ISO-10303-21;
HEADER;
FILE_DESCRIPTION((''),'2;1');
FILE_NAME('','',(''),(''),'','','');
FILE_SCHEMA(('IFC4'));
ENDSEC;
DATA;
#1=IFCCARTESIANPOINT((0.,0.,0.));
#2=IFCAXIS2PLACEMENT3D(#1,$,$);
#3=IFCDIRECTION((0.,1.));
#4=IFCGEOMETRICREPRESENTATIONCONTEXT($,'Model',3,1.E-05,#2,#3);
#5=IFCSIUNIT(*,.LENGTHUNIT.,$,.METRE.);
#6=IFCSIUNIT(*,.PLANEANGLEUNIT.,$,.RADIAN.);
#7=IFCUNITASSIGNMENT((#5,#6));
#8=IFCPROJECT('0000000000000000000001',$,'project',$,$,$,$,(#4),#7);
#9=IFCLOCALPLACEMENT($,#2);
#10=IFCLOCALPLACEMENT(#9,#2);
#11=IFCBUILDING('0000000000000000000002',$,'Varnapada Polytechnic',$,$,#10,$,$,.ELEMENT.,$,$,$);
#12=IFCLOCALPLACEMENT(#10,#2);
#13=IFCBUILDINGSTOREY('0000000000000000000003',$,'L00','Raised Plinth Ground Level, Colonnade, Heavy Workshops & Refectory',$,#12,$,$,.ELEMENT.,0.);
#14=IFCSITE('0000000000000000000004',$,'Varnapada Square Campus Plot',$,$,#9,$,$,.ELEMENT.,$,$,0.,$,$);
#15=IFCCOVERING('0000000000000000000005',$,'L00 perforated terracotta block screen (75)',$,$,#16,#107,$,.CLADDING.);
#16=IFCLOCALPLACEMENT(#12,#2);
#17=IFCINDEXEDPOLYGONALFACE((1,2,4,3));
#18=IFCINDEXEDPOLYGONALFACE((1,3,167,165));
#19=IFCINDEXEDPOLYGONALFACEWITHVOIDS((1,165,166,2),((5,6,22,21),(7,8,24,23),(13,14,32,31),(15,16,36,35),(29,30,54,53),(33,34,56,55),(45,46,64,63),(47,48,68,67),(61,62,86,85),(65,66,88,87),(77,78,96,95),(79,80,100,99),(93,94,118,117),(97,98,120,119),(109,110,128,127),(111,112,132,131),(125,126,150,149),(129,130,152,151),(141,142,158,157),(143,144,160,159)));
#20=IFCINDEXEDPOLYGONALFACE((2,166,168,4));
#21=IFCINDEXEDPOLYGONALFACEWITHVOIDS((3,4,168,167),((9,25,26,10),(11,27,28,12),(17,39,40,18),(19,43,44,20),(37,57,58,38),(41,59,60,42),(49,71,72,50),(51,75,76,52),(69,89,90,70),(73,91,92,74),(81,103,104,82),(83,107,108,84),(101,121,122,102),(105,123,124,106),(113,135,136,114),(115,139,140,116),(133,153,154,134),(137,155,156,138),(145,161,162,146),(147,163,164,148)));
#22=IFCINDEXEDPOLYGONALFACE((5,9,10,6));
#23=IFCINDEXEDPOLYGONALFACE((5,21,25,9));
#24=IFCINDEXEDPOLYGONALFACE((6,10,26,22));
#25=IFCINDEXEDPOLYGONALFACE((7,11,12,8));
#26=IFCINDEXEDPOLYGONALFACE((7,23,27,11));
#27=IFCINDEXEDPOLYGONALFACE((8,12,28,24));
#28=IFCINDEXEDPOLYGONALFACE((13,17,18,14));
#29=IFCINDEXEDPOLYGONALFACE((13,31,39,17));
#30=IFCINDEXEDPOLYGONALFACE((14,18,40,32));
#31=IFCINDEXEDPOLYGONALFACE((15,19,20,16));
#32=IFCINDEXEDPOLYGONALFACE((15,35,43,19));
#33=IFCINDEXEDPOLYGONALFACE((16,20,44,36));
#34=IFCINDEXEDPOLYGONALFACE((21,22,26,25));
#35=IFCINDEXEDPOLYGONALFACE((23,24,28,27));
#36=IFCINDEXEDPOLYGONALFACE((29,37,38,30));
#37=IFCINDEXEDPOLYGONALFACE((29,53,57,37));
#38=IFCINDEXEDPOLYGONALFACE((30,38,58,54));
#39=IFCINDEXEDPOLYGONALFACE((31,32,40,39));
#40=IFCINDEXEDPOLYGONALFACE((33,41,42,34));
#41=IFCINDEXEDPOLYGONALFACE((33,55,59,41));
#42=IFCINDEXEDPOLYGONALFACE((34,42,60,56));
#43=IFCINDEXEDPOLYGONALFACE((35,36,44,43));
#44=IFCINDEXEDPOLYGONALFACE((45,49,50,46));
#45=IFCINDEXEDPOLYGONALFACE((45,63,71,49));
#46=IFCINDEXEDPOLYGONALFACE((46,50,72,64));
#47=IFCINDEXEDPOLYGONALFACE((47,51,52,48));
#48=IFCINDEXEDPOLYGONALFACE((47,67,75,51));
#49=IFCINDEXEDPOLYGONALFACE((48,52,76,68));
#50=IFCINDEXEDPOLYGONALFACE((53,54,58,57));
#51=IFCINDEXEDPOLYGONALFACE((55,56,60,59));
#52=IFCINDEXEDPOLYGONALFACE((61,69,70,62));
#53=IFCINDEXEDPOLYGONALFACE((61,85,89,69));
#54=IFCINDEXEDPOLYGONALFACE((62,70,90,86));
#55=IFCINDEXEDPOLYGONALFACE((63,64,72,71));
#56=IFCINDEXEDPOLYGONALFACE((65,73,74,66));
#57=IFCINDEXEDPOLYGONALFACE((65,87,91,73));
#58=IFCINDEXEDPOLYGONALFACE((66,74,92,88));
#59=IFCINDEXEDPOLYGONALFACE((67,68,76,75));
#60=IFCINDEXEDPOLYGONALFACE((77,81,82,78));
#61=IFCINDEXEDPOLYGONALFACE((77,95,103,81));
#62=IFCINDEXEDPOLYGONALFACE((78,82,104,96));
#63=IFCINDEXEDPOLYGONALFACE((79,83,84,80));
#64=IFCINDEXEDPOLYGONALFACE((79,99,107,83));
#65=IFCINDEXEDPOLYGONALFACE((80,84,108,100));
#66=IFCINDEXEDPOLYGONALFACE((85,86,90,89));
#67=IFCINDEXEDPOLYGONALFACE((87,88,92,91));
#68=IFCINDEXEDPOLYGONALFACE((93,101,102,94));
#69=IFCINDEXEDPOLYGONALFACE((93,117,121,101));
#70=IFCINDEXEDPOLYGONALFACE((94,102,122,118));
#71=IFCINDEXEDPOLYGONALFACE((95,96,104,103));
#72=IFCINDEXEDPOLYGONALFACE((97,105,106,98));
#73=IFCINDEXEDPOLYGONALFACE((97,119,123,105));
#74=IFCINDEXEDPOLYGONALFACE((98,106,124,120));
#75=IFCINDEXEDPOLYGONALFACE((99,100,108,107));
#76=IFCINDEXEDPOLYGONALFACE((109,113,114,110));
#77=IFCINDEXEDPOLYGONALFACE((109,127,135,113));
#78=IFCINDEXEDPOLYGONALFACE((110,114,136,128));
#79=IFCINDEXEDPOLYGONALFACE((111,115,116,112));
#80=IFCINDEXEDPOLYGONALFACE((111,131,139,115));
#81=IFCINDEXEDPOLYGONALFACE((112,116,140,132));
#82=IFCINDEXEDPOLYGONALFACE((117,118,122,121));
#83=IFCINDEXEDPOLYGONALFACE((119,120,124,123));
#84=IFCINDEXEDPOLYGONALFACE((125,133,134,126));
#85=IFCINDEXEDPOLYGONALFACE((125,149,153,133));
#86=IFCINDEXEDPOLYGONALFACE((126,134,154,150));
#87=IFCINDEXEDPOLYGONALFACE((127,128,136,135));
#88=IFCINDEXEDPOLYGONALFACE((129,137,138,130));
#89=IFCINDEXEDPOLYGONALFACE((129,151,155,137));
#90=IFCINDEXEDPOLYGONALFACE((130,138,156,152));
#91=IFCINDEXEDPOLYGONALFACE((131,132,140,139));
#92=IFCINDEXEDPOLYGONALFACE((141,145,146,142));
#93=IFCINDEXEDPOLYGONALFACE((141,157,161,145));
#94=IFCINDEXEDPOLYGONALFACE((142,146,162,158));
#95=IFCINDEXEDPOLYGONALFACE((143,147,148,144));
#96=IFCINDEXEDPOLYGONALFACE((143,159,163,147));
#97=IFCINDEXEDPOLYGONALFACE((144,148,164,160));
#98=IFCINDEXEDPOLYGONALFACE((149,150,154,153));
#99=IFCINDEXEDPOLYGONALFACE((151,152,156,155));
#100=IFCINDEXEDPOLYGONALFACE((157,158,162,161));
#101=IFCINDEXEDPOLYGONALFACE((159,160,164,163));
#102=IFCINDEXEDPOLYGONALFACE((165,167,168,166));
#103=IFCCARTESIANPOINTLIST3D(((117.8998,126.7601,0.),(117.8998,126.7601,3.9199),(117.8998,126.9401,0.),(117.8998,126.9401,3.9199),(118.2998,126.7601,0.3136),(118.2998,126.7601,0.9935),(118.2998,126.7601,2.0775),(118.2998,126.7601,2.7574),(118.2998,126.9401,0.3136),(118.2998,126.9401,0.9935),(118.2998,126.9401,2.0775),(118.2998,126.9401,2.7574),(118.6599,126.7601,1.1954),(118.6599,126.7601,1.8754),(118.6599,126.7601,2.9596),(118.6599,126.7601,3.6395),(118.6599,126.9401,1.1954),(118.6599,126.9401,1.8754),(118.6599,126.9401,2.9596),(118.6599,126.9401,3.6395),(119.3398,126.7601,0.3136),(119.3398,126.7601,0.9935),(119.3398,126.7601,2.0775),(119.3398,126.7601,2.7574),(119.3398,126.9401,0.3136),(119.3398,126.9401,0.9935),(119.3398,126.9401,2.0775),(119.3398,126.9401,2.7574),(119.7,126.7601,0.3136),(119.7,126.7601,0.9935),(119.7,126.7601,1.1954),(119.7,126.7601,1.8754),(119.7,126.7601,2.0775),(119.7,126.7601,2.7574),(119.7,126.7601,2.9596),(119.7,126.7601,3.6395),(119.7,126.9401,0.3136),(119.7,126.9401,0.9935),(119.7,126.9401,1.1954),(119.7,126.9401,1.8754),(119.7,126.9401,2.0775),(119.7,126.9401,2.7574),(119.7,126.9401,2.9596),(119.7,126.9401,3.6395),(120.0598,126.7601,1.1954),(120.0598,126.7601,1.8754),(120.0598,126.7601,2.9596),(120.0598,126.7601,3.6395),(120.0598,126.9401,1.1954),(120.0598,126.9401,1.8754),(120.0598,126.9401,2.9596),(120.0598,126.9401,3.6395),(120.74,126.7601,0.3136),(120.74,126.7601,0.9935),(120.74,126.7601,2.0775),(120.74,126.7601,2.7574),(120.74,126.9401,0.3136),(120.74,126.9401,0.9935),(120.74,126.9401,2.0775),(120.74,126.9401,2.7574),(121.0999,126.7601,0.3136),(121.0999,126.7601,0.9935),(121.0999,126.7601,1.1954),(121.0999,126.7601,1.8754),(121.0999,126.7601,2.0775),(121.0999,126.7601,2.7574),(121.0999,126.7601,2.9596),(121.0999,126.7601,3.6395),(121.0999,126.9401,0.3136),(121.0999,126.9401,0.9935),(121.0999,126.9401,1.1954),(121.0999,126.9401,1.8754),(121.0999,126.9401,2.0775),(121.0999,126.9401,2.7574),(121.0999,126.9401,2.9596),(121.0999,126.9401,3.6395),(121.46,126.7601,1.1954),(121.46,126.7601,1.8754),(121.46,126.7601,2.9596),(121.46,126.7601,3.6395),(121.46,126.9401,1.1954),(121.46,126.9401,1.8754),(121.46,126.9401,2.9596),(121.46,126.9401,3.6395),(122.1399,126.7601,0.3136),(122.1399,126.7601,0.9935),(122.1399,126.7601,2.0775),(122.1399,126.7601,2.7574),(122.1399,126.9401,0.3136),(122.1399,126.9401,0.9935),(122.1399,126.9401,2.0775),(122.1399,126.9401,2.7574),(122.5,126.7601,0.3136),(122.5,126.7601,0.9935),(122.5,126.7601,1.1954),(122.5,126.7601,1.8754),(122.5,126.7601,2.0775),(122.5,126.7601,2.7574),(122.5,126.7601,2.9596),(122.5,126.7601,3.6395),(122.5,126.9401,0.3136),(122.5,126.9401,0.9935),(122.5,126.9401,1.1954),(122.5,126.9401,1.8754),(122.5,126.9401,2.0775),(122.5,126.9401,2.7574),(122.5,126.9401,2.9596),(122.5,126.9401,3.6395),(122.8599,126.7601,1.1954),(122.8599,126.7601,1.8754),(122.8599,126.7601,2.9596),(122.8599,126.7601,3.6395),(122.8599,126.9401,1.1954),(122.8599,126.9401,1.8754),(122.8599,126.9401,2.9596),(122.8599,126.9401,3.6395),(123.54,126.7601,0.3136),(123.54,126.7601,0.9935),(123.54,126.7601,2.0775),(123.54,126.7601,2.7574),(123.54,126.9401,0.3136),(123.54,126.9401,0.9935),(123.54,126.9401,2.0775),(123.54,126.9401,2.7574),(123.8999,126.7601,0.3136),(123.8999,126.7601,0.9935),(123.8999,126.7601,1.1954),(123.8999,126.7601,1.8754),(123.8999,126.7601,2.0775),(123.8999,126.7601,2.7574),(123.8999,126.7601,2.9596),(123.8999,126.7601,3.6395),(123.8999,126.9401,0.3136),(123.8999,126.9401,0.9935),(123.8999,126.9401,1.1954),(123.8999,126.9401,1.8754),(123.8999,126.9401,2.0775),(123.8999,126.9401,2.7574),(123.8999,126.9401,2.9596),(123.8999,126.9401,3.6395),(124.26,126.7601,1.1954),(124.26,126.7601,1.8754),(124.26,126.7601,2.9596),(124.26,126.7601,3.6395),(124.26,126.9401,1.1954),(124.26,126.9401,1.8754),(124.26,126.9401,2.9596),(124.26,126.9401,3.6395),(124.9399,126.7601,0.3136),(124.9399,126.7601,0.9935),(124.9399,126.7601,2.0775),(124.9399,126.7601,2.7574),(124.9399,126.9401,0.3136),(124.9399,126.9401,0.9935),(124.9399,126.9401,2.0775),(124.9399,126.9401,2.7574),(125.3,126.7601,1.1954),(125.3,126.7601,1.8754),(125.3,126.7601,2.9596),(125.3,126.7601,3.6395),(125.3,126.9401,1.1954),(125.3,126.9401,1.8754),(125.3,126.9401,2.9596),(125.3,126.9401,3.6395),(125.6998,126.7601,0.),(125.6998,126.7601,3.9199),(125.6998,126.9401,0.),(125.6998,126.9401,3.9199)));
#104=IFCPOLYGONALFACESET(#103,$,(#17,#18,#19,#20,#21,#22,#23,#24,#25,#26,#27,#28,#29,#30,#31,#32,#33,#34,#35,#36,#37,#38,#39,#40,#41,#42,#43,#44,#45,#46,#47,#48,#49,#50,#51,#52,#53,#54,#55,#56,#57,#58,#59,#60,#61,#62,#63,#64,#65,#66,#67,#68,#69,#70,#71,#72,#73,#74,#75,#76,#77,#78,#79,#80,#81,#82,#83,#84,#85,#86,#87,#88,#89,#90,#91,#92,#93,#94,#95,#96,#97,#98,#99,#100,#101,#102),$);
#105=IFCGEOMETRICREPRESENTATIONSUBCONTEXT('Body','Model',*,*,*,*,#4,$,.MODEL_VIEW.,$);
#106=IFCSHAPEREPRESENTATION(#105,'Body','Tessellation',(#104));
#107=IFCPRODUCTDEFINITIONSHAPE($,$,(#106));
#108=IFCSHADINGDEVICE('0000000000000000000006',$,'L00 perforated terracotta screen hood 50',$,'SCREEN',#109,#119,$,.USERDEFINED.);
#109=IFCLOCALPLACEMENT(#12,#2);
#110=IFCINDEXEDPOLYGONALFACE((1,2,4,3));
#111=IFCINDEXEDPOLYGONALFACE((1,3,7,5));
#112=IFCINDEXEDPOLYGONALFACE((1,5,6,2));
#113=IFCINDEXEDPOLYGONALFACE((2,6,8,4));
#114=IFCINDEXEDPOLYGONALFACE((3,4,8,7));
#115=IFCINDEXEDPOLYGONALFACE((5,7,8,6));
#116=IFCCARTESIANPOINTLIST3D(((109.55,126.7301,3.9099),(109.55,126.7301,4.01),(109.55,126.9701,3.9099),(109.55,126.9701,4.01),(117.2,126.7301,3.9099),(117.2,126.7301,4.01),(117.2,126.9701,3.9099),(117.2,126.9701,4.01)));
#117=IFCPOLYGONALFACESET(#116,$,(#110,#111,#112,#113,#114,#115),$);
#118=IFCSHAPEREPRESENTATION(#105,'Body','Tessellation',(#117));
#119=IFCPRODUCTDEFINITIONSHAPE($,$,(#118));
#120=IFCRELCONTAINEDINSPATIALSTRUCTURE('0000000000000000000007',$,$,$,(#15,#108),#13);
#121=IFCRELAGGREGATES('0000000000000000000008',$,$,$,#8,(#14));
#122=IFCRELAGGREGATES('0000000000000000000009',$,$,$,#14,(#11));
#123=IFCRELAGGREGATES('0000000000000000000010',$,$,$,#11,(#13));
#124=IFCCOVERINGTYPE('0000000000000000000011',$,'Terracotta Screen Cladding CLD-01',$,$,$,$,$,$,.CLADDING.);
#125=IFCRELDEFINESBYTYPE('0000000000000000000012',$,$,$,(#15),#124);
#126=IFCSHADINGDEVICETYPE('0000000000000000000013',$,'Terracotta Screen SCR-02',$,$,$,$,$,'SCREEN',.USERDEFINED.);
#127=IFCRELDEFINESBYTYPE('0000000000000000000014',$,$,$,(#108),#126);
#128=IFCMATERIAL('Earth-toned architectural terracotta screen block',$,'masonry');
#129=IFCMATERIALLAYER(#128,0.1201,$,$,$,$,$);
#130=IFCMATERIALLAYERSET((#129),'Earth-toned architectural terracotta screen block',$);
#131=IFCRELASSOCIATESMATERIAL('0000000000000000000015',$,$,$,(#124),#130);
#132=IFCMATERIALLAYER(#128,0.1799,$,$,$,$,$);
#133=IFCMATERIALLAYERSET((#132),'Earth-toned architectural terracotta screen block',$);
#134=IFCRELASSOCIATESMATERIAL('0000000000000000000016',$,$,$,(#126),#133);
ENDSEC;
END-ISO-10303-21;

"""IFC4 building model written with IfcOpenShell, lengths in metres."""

from ifc_helpers import new_model, si_unit, direction, frame, frame_2d, origin, origin_2d, place, context, subcontext, project, spatial, rectangle, extrude, material, layer, layer_set, type_object, element, save


model = new_model("IFC4")

# Units and contexts
model_context = context("Model", 3, precision=1e-05, world=origin(), true_north=direction((0.0, 1.0)))
body_context = subcontext(model_context, "Body", "Model", "MODEL_VIEW")
ifc_project = project(units=[si_unit("LENGTHUNIT", "METRE"), si_unit("PLANEANGLEUNIT", "RADIAN")], contexts=[model_context])

# Site, building, storey
site_placement = place(None, origin())
site = spatial("IfcSite", under=ifc_project, at=site_placement, Name="Varnapada Square Campus Plot", CompositionType="ELEMENT", RefElevation=0.0)
building_placement = place(site_placement, origin())
building = spatial("IfcBuilding", under=site, at=building_placement, Name="Varnapada Polytechnic", CompositionType="ELEMENT")
storey_placement = place(building_placement, origin())
storey = spatial("IfcBuildingStorey", under=building, at=storey_placement, Name="L00", Description="Raised Plinth Ground Level, Colonnade, Heavy Workshops & Refectory", CompositionType="ELEMENT", Elevation=0.0)

# Covering, openings
ifc_material_1 = material(Name="Earth-toned architectural terracotta screen block", Category="masonry")
ifc_layer_1 = layer(ifc_material_1, 0.1201)
ifc_layer_set_1 = layer_set([ifc_layer_1], Name="Earth-toned architectural terracotta screen block")
covering_type = type_object("IfcCoveringType", Name="Terracotta Screen Cladding CLD-01", PredefinedType="CLADDING", material=ifc_layer_set_1)
covering_placement = place(storey_placement, frame((117.8999, 126.8501, 0.0), z_axis=(0.0, 0.0, 1.0), x_axis=(1.0, 0.0, 0.0)))
covering = element("IfcCovering", 1, at=covering_placement, inside=storey, type_object=covering_type, Name="L00 perforated terracotta block screen (75)", PredefinedType="CLADDING", context=body_context, shape_type="SweptSolid", body=[
    extrude(rectangle(XDim=7.8, YDim=0.1799, at=frame_2d((3.8999, 0.0))), origin(), (0.0, 0.0, 1.0), 3.9199),
])
opening_1_placement = place(covering_placement, frame((0.3999, 0.0, 0.3137)))
element("IfcOpeningElement", 2, at=opening_1_placement, cuts=covering, PredefinedType="OPENING", context=body_context, shape_type="SweptSolid", body=[
    extrude(rectangle(XDim=1.04, YDim=0.6799, at=frame_2d((0.52, 0.3398))), frame((0.0, 0.0999, 0.0), z_axis=(0.0, -1.0, 0.0), x_axis=(1.0, 0.0, 0.0)), (0.0, 0.0, 1.0), 0.2),
])
opening_2_placement = place(covering_placement, frame((1.8, 0.0, 0.3137)))
element("IfcOpeningElement", 3, at=opening_2_placement, cuts=covering, PredefinedType="OPENING", context=body_context, shape_type="SweptSolid", body=[
    extrude(rectangle(XDim=1.04, YDim=0.6799, at=frame_2d((0.52, 0.3398))), frame((0.0, 0.0999, 0.0), z_axis=(0.0, -1.0, 0.0), x_axis=(1.0, 0.0, 0.0)), (0.0, 0.0, 1.0), 0.2),
])
opening_3_placement = place(covering_placement, frame((3.2, 0.0, 0.3137)))
element("IfcOpeningElement", 4, at=opening_3_placement, cuts=covering, PredefinedType="OPENING", context=body_context, shape_type="SweptSolid", body=[
    extrude(rectangle(XDim=1.04, YDim=0.6799, at=frame_2d((0.52, 0.3398))), frame((0.0, 0.0999, 0.0), z_axis=(0.0, -1.0, 0.0), x_axis=(1.0, 0.0, 0.0)), (0.0, 0.0, 1.0), 0.2),
])
opening_4_placement = place(covering_placement, frame((4.6001, 0.0, 0.3137)))
element("IfcOpeningElement", 5, at=opening_4_placement, cuts=covering, PredefinedType="OPENING", context=body_context, shape_type="SweptSolid", body=[
    extrude(rectangle(XDim=1.04, YDim=0.6799, at=frame_2d((0.52, 0.3398))), frame((0.0, 0.0999, 0.0), z_axis=(0.0, -1.0, 0.0), x_axis=(1.0, 0.0, 0.0)), (0.0, 0.0, 1.0), 0.2),
])
opening_5_placement = place(covering_placement, frame((6.0, 0.0, 0.3137)))
element("IfcOpeningElement", 6, at=opening_5_placement, cuts=covering, PredefinedType="OPENING", context=body_context, shape_type="SweptSolid", body=[
    extrude(rectangle(XDim=1.04, YDim=0.6799, at=frame_2d((0.52, 0.3398))), frame((0.0, 0.0999, 0.0), z_axis=(0.0, -1.0, 0.0), x_axis=(1.0, 0.0, 0.0)), (0.0, 0.0, 1.0), 0.2),
])
opening_6_placement = place(covering_placement, frame((0.76, 0.0, 1.1956)))
element("IfcOpeningElement", 7, at=opening_6_placement, cuts=covering, PredefinedType="OPENING", context=body_context, shape_type="SweptSolid", body=[
    extrude(rectangle(XDim=1.04, YDim=0.6799, at=frame_2d((0.52, 0.3398))), frame((0.0, 0.0999, 0.0), z_axis=(0.0, -1.0, 0.0), x_axis=(1.0, 0.0, 0.0)), (0.0, 0.0, 1.0), 0.2),
])
opening_7_placement = place(covering_placement, frame((2.1599, 0.0, 1.1956)))
element("IfcOpeningElement", 8, at=opening_7_placement, cuts=covering, PredefinedType="OPENING", context=body_context, shape_type="SweptSolid", body=[
    extrude(rectangle(XDim=1.04, YDim=0.6799, at=frame_2d((0.52, 0.3398))), frame((0.0, 0.0999, 0.0), z_axis=(0.0, -1.0, 0.0), x_axis=(1.0, 0.0, 0.0)), (0.0, 0.0, 1.0), 0.2),
])
opening_8_placement = place(covering_placement, frame((3.5601, 0.0, 1.1956)))
element("IfcOpeningElement", 9, at=opening_8_placement, cuts=covering, PredefinedType="OPENING", context=body_context, shape_type="SweptSolid", body=[
    extrude(rectangle(XDim=1.04, YDim=0.6799, at=frame_2d((0.52, 0.3398))), frame((0.0, 0.0999, 0.0), z_axis=(0.0, -1.0, 0.0), x_axis=(1.0, 0.0, 0.0)), (0.0, 0.0, 1.0), 0.2),
])
opening_9_placement = place(covering_placement, frame((4.96, 0.0, 1.1956)))
element("IfcOpeningElement", 10, at=opening_9_placement, cuts=covering, PredefinedType="OPENING", context=body_context, shape_type="SweptSolid", body=[
    extrude(rectangle(XDim=1.04, YDim=0.6799, at=frame_2d((0.52, 0.3398))), frame((0.0, 0.0999, 0.0), z_axis=(0.0, -1.0, 0.0), x_axis=(1.0, 0.0, 0.0)), (0.0, 0.0, 1.0), 0.2),
])
opening_10_placement = place(covering_placement, frame((6.3601, 0.0, 1.1956)))
element("IfcOpeningElement", 11, at=opening_10_placement, cuts=covering, PredefinedType="OPENING", context=body_context, shape_type="SweptSolid", body=[
    extrude(rectangle(XDim=1.04, YDim=0.6799, at=frame_2d((0.52, 0.3398))), frame((0.0, 0.0999, 0.0), z_axis=(0.0, -1.0, 0.0), x_axis=(1.0, 0.0, 0.0)), (0.0, 0.0, 1.0), 0.2),
])
opening_11_placement = place(covering_placement, frame((0.3999, 0.0, 2.0776)))
element("IfcOpeningElement", 12, at=opening_11_placement, cuts=covering, PredefinedType="OPENING", context=body_context, shape_type="SweptSolid", body=[
    extrude(rectangle(XDim=1.04, YDim=0.6799, at=frame_2d((0.52, 0.3398))), frame((0.0, 0.0999, 0.0), z_axis=(0.0, -1.0, 0.0), x_axis=(1.0, 0.0, 0.0)), (0.0, 0.0, 1.0), 0.2),
])
opening_12_placement = place(covering_placement, frame((1.8, 0.0, 2.0776)))
element("IfcOpeningElement", 13, at=opening_12_placement, cuts=covering, PredefinedType="OPENING", context=body_context, shape_type="SweptSolid", body=[
    extrude(rectangle(XDim=1.04, YDim=0.6799, at=frame_2d((0.52, 0.3398))), frame((0.0, 0.0999, 0.0), z_axis=(0.0, -1.0, 0.0), x_axis=(1.0, 0.0, 0.0)), (0.0, 0.0, 1.0), 0.2),
])
opening_13_placement = place(covering_placement, frame((3.2, 0.0, 2.0776)))
element("IfcOpeningElement", 14, at=opening_13_placement, cuts=covering, PredefinedType="OPENING", context=body_context, shape_type="SweptSolid", body=[
    extrude(rectangle(XDim=1.04, YDim=0.6799, at=frame_2d((0.52, 0.3398))), frame((0.0, 0.0999, 0.0), z_axis=(0.0, -1.0, 0.0), x_axis=(1.0, 0.0, 0.0)), (0.0, 0.0, 1.0), 0.2),
])
opening_14_placement = place(covering_placement, frame((4.6001, 0.0, 2.0776)))
element("IfcOpeningElement", 15, at=opening_14_placement, cuts=covering, PredefinedType="OPENING", context=body_context, shape_type="SweptSolid", body=[
    extrude(rectangle(XDim=1.04, YDim=0.6799, at=frame_2d((0.52, 0.3398))), frame((0.0, 0.0999, 0.0), z_axis=(0.0, -1.0, 0.0), x_axis=(1.0, 0.0, 0.0)), (0.0, 0.0, 1.0), 0.2),
])
opening_15_placement = place(covering_placement, frame((6.0, 0.0, 2.0776)))
element("IfcOpeningElement", 16, at=opening_15_placement, cuts=covering, PredefinedType="OPENING", context=body_context, shape_type="SweptSolid", body=[
    extrude(rectangle(XDim=1.04, YDim=0.6799, at=frame_2d((0.52, 0.3398))), frame((0.0, 0.0999, 0.0), z_axis=(0.0, -1.0, 0.0), x_axis=(1.0, 0.0, 0.0)), (0.0, 0.0, 1.0), 0.2),
])
opening_16_placement = place(covering_placement, frame((0.76, 0.0, 2.9597)))
element("IfcOpeningElement", 17, at=opening_16_placement, cuts=covering, PredefinedType="OPENING", context=body_context, shape_type="SweptSolid", body=[
    extrude(rectangle(XDim=1.04, YDim=0.6799, at=frame_2d((0.52, 0.3398))), frame((0.0, 0.0999, 0.0), z_axis=(0.0, -1.0, 0.0), x_axis=(1.0, 0.0, 0.0)), (0.0, 0.0, 1.0), 0.2),
])
opening_17_placement = place(covering_placement, frame((2.1599, 0.0, 2.9597)))
element("IfcOpeningElement", 18, at=opening_17_placement, cuts=covering, PredefinedType="OPENING", context=body_context, shape_type="SweptSolid", body=[
    extrude(rectangle(XDim=1.04, YDim=0.6799, at=frame_2d((0.52, 0.3398))), frame((0.0, 0.0999, 0.0), z_axis=(0.0, -1.0, 0.0), x_axis=(1.0, 0.0, 0.0)), (0.0, 0.0, 1.0), 0.2),
])
opening_18_placement = place(covering_placement, frame((3.5601, 0.0, 2.9597)))
element("IfcOpeningElement", 19, at=opening_18_placement, cuts=covering, PredefinedType="OPENING", context=body_context, shape_type="SweptSolid", body=[
    extrude(rectangle(XDim=1.04, YDim=0.6799, at=frame_2d((0.52, 0.3398))), frame((0.0, 0.0999, 0.0), z_axis=(0.0, -1.0, 0.0), x_axis=(1.0, 0.0, 0.0)), (0.0, 0.0, 1.0), 0.2),
])
opening_19_placement = place(covering_placement, frame((4.96, 0.0, 2.9597)))
element("IfcOpeningElement", 20, at=opening_19_placement, cuts=covering, PredefinedType="OPENING", context=body_context, shape_type="SweptSolid", body=[
    extrude(rectangle(XDim=1.04, YDim=0.6799, at=frame_2d((0.52, 0.3398))), frame((0.0, 0.0999, 0.0), z_axis=(0.0, -1.0, 0.0), x_axis=(1.0, 0.0, 0.0)), (0.0, 0.0, 1.0), 0.2),
])
opening_20_placement = place(covering_placement, frame((6.3601, 0.0, 2.9597)))
element("IfcOpeningElement", 21, at=opening_20_placement, cuts=covering, PredefinedType="OPENING", context=body_context, shape_type="SweptSolid", body=[
    extrude(rectangle(XDim=1.04, YDim=0.6799, at=frame_2d((0.52, 0.3398))), frame((0.0, 0.0999, 0.0), z_axis=(0.0, -1.0, 0.0), x_axis=(1.0, 0.0, 0.0)), (0.0, 0.0, 1.0), 0.2),
])

# Shading device
ifc_layer_2 = layer(ifc_material_1, 0.1799)
ifc_layer_set_2 = layer_set([ifc_layer_2], Name="Earth-toned architectural terracotta screen block")
shading_device_type = type_object("IfcShadingDeviceType", Name="Terracotta Screen SCR-02", ElementType="SCREEN", PredefinedType="USERDEFINED", material=ifc_layer_set_2)
shading_device_placement = place(storey_placement, frame((113.375, 126.8501, 3.9099), z_axis=(0.0, 0.0, 1.0), x_axis=(1.0, 0.0, 0.0)))
element("IfcShadingDevice", 22, at=shading_device_placement, inside=storey, type_object=shading_device_type, Name="L00 perforated terracotta screen hood 50", ObjectType="SCREEN", PredefinedType="USERDEFINED", context=body_context, shape_type="SweptSolid", body=[
    extrude(rectangle(XDim=7.6499, YDim=0.24, at=origin_2d()), origin(), (0.0, 0.0, 1.0), 0.1001),
])

save(model, "model.ifc")
